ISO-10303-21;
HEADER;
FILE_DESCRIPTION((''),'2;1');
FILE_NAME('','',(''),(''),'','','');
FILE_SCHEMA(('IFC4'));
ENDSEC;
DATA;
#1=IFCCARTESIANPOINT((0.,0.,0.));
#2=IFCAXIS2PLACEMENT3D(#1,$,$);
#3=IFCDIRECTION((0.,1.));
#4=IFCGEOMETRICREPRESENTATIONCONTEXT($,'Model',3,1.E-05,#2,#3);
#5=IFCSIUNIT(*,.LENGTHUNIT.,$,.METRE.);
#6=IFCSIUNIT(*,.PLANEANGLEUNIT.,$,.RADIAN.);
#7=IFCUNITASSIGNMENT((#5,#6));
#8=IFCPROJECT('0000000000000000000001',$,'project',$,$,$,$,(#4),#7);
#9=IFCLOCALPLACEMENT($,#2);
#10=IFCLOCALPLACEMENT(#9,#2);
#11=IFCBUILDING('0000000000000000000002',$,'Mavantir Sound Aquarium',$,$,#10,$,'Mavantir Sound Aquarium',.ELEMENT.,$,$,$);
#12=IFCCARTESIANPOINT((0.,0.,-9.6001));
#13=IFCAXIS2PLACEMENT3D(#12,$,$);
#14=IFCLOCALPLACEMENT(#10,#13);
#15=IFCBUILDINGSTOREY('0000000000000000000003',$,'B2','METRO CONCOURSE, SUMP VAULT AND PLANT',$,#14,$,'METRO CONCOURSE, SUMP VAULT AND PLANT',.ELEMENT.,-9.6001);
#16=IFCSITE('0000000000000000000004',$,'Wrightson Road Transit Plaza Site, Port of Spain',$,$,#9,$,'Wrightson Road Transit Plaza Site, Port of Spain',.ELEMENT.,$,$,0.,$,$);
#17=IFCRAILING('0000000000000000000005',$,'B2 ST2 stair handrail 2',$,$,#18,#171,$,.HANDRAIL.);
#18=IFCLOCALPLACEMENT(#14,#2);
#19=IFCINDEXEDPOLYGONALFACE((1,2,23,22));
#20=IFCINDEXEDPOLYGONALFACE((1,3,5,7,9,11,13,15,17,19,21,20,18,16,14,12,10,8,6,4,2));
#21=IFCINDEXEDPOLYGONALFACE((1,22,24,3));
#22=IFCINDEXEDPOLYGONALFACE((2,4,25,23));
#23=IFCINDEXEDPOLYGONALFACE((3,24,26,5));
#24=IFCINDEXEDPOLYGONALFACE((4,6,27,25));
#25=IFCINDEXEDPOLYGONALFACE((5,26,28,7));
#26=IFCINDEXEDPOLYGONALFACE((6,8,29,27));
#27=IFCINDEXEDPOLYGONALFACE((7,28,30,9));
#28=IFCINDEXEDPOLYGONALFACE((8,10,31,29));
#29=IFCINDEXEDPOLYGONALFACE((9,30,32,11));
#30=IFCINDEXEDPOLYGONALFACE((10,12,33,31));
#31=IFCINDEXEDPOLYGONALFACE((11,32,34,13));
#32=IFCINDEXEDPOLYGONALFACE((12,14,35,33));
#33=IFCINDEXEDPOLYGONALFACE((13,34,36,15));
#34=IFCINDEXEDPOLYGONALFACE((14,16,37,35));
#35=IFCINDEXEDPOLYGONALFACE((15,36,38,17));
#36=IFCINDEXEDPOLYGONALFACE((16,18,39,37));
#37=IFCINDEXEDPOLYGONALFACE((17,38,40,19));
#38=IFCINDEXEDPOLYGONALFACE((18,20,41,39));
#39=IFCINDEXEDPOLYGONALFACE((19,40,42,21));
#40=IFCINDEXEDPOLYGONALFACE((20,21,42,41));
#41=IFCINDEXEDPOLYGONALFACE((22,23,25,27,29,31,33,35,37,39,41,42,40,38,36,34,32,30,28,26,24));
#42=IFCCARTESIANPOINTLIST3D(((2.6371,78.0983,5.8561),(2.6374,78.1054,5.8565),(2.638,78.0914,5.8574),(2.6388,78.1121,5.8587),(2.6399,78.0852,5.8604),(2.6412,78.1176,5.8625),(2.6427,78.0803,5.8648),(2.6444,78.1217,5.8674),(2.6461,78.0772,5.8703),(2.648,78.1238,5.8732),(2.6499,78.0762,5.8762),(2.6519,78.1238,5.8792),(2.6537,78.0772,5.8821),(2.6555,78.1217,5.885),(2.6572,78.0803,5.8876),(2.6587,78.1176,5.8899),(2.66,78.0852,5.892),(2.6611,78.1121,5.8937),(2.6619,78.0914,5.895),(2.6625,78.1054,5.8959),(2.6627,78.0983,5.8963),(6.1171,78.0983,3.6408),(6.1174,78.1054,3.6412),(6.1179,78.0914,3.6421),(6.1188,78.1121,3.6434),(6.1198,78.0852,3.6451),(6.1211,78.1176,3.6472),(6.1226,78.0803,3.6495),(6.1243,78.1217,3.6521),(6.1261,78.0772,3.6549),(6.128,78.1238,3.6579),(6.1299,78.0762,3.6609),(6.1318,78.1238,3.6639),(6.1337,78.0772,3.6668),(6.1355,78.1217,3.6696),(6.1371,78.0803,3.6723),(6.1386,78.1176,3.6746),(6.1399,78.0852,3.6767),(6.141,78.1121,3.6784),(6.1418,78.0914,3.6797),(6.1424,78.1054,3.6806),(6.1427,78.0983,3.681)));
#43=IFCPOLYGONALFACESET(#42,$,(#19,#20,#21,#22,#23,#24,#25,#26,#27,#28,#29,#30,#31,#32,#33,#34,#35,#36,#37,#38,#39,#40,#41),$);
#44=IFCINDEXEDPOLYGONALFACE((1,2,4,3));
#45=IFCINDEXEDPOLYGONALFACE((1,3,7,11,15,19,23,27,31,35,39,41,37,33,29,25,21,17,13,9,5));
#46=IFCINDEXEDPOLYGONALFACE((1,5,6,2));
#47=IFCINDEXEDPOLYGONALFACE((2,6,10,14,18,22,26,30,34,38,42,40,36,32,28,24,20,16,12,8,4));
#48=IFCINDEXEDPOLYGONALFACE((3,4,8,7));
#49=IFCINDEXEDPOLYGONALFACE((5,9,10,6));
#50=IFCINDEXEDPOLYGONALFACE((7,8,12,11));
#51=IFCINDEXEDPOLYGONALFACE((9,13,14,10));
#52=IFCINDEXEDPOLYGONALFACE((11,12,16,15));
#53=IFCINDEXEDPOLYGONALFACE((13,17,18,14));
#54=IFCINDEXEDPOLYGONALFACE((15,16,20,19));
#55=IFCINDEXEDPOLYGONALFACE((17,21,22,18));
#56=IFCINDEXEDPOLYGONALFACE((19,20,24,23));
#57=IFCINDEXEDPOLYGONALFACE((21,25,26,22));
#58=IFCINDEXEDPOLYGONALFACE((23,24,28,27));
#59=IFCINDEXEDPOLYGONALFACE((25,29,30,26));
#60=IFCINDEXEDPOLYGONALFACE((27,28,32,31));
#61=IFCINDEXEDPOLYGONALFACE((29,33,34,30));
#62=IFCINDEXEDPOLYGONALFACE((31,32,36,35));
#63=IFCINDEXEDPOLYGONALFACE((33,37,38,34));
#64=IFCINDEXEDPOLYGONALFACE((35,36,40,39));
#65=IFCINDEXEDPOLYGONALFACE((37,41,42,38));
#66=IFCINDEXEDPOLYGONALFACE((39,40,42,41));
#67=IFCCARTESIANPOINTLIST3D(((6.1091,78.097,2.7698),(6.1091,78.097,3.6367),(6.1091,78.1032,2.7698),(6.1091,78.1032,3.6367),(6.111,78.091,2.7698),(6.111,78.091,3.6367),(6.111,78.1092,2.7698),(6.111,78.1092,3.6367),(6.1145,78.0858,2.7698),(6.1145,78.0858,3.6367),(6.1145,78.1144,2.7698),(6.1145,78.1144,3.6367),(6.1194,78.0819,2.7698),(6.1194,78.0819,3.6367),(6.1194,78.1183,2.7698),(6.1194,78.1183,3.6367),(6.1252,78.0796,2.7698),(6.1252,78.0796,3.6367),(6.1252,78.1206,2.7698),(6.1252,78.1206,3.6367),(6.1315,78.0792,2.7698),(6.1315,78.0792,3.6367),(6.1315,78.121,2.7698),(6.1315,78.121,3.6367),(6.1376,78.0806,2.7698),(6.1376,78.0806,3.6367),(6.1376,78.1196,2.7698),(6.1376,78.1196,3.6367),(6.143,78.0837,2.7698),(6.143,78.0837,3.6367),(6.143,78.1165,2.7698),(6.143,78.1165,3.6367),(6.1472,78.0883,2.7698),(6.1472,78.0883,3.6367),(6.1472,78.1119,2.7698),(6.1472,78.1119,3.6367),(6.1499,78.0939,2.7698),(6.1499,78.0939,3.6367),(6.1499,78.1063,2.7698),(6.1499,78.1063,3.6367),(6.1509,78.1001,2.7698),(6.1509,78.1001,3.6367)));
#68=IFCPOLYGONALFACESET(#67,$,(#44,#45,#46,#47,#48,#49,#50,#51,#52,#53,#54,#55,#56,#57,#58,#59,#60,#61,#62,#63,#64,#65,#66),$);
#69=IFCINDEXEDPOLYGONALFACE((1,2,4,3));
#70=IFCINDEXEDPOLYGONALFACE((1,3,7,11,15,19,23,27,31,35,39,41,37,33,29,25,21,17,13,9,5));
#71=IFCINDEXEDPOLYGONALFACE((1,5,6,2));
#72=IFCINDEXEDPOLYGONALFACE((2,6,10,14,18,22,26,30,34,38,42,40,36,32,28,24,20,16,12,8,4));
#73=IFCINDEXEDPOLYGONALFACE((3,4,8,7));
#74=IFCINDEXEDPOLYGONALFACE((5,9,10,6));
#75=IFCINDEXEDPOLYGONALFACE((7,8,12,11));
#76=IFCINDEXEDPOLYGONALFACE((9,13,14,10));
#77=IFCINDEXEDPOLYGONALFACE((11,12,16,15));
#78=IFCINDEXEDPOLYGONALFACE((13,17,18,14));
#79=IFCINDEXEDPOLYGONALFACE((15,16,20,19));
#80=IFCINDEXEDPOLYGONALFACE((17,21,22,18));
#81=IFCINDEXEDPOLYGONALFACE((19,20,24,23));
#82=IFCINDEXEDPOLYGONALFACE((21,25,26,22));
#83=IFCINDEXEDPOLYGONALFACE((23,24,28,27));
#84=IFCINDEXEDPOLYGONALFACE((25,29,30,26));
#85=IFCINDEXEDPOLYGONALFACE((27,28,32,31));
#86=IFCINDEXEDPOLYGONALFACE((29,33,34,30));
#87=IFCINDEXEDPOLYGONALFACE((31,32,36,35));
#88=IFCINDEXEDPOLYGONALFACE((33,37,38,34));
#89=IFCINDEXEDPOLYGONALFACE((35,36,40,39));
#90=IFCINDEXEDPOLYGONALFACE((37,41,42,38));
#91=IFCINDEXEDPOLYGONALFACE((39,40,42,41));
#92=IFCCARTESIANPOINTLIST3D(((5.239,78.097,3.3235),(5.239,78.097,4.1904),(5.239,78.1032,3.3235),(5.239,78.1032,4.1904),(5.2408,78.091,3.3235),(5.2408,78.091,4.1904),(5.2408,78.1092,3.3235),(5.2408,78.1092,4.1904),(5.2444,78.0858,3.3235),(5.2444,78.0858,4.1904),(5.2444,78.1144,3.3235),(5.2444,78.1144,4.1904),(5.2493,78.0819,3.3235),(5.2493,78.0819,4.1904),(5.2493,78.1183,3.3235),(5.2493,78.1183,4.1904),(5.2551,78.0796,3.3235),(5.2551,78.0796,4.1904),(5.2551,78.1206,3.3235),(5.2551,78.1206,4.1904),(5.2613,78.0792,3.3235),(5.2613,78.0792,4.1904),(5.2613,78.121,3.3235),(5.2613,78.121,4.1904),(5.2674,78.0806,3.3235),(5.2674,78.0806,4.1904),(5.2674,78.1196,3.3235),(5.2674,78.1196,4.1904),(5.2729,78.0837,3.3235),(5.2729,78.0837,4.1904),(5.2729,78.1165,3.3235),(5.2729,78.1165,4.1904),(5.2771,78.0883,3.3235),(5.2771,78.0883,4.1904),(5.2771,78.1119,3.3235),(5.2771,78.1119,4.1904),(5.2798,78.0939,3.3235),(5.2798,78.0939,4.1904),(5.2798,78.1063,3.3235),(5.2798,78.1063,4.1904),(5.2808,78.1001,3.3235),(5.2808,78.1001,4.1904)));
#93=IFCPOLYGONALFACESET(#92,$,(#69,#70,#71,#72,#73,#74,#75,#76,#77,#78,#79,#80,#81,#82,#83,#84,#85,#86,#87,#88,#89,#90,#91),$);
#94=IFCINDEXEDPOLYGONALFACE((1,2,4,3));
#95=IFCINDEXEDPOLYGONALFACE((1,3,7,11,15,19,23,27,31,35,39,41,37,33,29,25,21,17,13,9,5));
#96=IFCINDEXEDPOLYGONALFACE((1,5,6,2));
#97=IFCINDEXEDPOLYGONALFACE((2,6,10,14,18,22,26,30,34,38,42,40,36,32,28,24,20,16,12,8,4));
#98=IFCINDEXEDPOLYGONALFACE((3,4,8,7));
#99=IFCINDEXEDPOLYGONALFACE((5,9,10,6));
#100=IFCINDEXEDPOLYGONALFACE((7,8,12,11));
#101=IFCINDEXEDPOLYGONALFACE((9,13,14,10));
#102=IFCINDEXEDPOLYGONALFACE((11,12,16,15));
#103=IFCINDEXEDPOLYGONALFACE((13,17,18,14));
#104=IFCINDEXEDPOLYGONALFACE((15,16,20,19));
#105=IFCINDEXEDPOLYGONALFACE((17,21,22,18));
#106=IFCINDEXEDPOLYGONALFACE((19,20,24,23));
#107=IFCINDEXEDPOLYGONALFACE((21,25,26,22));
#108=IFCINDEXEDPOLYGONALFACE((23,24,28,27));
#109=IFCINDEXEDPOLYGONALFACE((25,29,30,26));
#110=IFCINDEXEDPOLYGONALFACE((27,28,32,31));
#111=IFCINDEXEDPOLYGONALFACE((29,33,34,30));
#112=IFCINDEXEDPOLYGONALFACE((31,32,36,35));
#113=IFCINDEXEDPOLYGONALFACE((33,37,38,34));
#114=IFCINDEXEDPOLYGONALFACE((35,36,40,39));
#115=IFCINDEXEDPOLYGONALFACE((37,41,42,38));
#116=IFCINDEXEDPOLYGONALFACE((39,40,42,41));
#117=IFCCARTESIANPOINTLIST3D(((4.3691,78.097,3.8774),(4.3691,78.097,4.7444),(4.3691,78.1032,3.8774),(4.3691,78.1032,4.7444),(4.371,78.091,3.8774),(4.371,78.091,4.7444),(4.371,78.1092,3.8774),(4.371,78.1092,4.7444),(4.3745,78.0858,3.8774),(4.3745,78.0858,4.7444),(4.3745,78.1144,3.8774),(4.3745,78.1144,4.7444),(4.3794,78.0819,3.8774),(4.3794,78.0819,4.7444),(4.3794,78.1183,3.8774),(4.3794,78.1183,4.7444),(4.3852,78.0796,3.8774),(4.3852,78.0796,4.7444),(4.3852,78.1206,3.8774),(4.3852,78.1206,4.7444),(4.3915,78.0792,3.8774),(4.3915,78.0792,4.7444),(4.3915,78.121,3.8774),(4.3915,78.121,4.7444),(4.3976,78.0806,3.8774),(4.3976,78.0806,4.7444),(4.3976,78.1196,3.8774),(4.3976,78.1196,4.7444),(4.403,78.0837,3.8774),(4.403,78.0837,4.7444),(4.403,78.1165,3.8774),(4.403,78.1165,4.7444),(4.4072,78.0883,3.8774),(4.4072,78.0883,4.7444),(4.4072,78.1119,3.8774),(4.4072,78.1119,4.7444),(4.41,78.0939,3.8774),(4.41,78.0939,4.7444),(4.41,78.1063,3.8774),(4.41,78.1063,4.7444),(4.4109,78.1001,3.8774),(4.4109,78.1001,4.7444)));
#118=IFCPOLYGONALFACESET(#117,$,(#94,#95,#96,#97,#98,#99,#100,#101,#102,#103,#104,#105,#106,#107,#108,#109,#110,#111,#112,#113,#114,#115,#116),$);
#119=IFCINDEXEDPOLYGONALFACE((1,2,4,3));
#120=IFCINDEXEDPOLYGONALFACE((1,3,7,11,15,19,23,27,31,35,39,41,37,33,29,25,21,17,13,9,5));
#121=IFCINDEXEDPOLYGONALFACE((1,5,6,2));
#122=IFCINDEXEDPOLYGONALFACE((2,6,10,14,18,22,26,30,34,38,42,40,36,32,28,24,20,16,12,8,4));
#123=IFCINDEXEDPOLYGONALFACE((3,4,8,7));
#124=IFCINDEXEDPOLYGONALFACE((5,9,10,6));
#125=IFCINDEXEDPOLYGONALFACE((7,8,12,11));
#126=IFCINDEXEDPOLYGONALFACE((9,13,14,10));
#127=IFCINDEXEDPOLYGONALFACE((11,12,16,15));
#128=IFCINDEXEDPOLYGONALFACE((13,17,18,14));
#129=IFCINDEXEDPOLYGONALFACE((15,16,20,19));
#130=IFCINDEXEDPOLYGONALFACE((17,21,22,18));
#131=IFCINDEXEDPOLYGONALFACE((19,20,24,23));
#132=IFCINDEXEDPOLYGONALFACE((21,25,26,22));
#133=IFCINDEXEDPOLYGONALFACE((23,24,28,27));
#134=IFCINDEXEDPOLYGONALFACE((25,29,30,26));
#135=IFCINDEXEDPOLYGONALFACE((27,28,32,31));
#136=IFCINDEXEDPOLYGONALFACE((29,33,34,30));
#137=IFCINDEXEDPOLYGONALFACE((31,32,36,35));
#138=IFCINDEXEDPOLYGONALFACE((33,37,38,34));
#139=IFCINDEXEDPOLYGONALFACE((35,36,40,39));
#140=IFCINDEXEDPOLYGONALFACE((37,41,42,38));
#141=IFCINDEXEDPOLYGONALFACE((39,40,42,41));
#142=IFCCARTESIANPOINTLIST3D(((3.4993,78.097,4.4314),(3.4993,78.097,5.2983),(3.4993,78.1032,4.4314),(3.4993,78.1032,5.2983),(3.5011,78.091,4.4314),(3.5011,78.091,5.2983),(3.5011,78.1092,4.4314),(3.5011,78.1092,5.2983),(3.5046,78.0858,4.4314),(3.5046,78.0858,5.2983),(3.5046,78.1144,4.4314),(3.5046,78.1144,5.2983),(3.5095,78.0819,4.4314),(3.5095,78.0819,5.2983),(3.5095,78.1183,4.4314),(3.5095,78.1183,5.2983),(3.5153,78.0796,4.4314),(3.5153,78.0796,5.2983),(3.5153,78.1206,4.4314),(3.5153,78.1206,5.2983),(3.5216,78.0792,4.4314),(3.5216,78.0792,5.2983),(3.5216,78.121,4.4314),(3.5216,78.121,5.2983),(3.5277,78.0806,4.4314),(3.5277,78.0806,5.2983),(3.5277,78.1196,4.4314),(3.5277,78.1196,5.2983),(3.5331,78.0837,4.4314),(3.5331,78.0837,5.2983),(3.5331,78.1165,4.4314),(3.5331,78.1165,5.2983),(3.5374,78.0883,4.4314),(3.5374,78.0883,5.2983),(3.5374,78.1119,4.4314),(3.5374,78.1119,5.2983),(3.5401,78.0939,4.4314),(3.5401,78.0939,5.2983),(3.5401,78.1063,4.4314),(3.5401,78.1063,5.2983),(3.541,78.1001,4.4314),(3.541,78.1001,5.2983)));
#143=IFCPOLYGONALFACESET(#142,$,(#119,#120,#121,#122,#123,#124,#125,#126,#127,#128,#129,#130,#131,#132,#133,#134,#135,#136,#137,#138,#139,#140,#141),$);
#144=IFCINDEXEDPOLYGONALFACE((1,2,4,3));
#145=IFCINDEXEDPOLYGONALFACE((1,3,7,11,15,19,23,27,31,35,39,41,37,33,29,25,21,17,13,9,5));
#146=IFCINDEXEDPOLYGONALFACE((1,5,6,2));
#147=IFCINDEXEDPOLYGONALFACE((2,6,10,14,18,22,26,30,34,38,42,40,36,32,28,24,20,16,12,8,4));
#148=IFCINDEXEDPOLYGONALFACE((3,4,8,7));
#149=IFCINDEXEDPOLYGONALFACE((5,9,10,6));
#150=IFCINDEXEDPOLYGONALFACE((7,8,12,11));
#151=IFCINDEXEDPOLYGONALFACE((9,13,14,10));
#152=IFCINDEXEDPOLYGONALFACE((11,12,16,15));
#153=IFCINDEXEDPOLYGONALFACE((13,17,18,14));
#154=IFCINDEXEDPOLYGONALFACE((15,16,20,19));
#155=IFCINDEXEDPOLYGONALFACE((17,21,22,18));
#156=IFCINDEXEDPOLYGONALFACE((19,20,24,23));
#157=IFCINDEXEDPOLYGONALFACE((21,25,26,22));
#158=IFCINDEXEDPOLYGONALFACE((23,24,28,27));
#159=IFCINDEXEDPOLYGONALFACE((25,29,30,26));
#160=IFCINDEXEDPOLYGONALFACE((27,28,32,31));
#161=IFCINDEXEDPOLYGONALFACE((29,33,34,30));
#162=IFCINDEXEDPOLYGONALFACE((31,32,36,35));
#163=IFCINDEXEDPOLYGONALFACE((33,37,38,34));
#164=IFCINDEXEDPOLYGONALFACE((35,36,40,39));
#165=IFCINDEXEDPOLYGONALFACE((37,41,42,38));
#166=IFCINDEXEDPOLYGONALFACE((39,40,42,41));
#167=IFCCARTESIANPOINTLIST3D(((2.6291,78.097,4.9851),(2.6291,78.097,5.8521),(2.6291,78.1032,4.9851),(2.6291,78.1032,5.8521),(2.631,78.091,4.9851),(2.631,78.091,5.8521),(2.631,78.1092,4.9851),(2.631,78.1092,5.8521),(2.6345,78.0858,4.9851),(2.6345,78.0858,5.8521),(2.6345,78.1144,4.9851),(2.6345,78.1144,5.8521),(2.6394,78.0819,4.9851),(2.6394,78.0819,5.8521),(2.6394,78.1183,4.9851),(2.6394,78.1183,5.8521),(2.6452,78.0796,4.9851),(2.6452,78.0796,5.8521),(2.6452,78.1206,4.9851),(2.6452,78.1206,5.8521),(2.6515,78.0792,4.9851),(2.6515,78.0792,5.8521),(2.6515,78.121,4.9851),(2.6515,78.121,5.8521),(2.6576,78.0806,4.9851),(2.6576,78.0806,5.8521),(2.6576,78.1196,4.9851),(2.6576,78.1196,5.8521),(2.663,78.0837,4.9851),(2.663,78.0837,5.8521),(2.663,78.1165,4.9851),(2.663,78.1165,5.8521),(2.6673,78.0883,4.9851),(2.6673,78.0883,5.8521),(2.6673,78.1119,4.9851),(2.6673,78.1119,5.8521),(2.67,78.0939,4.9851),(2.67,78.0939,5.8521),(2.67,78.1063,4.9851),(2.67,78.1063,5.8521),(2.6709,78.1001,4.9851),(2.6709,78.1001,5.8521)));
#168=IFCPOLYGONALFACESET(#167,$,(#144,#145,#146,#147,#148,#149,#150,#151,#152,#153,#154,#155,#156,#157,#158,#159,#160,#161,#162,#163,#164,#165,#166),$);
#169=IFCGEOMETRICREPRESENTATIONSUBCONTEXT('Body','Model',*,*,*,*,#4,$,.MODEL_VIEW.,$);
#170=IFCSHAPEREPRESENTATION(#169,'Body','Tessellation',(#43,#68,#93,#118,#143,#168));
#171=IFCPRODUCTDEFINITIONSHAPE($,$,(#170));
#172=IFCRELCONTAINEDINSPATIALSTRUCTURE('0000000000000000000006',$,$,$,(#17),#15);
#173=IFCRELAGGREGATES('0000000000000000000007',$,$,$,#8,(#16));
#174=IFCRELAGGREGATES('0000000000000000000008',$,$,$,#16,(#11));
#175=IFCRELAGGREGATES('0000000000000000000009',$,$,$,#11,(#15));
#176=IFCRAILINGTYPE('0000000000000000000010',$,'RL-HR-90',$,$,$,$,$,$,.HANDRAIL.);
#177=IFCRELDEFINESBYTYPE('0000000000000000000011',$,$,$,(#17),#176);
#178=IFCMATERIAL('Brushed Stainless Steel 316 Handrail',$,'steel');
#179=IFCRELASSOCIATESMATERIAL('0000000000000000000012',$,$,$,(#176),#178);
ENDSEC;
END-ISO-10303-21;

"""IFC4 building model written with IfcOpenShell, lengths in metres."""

from ifc_helpers import new_model, si_unit, direction, frame, origin, origin_2d, place, context, subcontext, project, spatial, circle, extrude, material, type_object, element, save


model = new_model("IFC4")

# Units and contexts
model_context = context("Model", 3, precision=1e-05, world=origin(), true_north=direction((0.0, 1.0)))
body_context = subcontext(model_context, "Body", "Model", "MODEL_VIEW")
ifc_project = project(units=[si_unit("LENGTHUNIT", "METRE"), si_unit("PLANEANGLEUNIT", "RADIAN")], contexts=[model_context])

# Site, building, storey
site_placement = place(None, origin())
site = spatial("IfcSite", under=ifc_project, at=site_placement, Name="Wrightson Road Transit Plaza Site, Port of Spain", LongName="Wrightson Road Transit Plaza Site, Port of Spain", CompositionType="ELEMENT", RefElevation=0.0)
building_placement = place(site_placement, origin())
building = spatial("IfcBuilding", under=site, at=building_placement, Name="Mavantir Sound Aquarium", LongName="Mavantir Sound Aquarium", CompositionType="ELEMENT")
storey_placement = place(building_placement, frame((0.0, 0.0, -9.6001)))
storey = spatial("IfcBuildingStorey", under=building, at=storey_placement, Name="B2", Description="METRO CONCOURSE, SUMP VAULT AND PLANT", LongName="METRO CONCOURSE, SUMP VAULT AND PLANT", CompositionType="ELEMENT", Elevation=-9.6001)

# Railing
ifc_material_1 = material(Name="Brushed Stainless Steel 316 Handrail", Category="steel")
railing_type_1 = type_object("IfcRailingType", Name="RL-HR-90", PredefinedType="HANDRAIL", material=ifc_material_1)
railing_1_placement = place(storey_placement, frame((6.1299, 78.1001, 2.7698)))
element("IfcRailing", 1, at=railing_1_placement, inside=storey, type_object=railing_type_1, Name="B2 ST2 stair handrail 2", PredefinedType="HANDRAIL", context=body_context, shape_type="SweptSolid", body=[
    extrude(circle(Radius=0.0239, at=origin_2d()), frame((0.0, 0.0, 0.8911), z_axis=(-0.843574, 0.0, 0.537013), x_axis=(0.0, -1.0, 0.0)), (0.0, 0.0, 1.0), 4.1252),
    extrude(circle(Radius=0.021, at=origin_2d()), origin(), (0.0, 0.0, 1.0), 0.8669),
    extrude(circle(Radius=0.021, at=origin_2d()), frame((-0.8701, 0.0, 0.5537)), (0.0, 0.0, 1.0), 0.8669),
    extrude(circle(Radius=0.021, at=origin_2d()), frame((-1.74, 0.0, 1.1077)), (0.0, 0.0, 1.0), 0.8669),
    extrude(circle(Radius=0.021, at=origin_2d()), frame((-2.6099, 0.0, 1.6616)), (0.0, 0.0, 1.0), 0.8669),
    extrude(circle(Radius=0.021, at=origin_2d()), frame((-3.48, 0.0, 2.2153)), (0.0, 0.0, 1.0), 0.8669),
])

save(model, "model.ifc")
